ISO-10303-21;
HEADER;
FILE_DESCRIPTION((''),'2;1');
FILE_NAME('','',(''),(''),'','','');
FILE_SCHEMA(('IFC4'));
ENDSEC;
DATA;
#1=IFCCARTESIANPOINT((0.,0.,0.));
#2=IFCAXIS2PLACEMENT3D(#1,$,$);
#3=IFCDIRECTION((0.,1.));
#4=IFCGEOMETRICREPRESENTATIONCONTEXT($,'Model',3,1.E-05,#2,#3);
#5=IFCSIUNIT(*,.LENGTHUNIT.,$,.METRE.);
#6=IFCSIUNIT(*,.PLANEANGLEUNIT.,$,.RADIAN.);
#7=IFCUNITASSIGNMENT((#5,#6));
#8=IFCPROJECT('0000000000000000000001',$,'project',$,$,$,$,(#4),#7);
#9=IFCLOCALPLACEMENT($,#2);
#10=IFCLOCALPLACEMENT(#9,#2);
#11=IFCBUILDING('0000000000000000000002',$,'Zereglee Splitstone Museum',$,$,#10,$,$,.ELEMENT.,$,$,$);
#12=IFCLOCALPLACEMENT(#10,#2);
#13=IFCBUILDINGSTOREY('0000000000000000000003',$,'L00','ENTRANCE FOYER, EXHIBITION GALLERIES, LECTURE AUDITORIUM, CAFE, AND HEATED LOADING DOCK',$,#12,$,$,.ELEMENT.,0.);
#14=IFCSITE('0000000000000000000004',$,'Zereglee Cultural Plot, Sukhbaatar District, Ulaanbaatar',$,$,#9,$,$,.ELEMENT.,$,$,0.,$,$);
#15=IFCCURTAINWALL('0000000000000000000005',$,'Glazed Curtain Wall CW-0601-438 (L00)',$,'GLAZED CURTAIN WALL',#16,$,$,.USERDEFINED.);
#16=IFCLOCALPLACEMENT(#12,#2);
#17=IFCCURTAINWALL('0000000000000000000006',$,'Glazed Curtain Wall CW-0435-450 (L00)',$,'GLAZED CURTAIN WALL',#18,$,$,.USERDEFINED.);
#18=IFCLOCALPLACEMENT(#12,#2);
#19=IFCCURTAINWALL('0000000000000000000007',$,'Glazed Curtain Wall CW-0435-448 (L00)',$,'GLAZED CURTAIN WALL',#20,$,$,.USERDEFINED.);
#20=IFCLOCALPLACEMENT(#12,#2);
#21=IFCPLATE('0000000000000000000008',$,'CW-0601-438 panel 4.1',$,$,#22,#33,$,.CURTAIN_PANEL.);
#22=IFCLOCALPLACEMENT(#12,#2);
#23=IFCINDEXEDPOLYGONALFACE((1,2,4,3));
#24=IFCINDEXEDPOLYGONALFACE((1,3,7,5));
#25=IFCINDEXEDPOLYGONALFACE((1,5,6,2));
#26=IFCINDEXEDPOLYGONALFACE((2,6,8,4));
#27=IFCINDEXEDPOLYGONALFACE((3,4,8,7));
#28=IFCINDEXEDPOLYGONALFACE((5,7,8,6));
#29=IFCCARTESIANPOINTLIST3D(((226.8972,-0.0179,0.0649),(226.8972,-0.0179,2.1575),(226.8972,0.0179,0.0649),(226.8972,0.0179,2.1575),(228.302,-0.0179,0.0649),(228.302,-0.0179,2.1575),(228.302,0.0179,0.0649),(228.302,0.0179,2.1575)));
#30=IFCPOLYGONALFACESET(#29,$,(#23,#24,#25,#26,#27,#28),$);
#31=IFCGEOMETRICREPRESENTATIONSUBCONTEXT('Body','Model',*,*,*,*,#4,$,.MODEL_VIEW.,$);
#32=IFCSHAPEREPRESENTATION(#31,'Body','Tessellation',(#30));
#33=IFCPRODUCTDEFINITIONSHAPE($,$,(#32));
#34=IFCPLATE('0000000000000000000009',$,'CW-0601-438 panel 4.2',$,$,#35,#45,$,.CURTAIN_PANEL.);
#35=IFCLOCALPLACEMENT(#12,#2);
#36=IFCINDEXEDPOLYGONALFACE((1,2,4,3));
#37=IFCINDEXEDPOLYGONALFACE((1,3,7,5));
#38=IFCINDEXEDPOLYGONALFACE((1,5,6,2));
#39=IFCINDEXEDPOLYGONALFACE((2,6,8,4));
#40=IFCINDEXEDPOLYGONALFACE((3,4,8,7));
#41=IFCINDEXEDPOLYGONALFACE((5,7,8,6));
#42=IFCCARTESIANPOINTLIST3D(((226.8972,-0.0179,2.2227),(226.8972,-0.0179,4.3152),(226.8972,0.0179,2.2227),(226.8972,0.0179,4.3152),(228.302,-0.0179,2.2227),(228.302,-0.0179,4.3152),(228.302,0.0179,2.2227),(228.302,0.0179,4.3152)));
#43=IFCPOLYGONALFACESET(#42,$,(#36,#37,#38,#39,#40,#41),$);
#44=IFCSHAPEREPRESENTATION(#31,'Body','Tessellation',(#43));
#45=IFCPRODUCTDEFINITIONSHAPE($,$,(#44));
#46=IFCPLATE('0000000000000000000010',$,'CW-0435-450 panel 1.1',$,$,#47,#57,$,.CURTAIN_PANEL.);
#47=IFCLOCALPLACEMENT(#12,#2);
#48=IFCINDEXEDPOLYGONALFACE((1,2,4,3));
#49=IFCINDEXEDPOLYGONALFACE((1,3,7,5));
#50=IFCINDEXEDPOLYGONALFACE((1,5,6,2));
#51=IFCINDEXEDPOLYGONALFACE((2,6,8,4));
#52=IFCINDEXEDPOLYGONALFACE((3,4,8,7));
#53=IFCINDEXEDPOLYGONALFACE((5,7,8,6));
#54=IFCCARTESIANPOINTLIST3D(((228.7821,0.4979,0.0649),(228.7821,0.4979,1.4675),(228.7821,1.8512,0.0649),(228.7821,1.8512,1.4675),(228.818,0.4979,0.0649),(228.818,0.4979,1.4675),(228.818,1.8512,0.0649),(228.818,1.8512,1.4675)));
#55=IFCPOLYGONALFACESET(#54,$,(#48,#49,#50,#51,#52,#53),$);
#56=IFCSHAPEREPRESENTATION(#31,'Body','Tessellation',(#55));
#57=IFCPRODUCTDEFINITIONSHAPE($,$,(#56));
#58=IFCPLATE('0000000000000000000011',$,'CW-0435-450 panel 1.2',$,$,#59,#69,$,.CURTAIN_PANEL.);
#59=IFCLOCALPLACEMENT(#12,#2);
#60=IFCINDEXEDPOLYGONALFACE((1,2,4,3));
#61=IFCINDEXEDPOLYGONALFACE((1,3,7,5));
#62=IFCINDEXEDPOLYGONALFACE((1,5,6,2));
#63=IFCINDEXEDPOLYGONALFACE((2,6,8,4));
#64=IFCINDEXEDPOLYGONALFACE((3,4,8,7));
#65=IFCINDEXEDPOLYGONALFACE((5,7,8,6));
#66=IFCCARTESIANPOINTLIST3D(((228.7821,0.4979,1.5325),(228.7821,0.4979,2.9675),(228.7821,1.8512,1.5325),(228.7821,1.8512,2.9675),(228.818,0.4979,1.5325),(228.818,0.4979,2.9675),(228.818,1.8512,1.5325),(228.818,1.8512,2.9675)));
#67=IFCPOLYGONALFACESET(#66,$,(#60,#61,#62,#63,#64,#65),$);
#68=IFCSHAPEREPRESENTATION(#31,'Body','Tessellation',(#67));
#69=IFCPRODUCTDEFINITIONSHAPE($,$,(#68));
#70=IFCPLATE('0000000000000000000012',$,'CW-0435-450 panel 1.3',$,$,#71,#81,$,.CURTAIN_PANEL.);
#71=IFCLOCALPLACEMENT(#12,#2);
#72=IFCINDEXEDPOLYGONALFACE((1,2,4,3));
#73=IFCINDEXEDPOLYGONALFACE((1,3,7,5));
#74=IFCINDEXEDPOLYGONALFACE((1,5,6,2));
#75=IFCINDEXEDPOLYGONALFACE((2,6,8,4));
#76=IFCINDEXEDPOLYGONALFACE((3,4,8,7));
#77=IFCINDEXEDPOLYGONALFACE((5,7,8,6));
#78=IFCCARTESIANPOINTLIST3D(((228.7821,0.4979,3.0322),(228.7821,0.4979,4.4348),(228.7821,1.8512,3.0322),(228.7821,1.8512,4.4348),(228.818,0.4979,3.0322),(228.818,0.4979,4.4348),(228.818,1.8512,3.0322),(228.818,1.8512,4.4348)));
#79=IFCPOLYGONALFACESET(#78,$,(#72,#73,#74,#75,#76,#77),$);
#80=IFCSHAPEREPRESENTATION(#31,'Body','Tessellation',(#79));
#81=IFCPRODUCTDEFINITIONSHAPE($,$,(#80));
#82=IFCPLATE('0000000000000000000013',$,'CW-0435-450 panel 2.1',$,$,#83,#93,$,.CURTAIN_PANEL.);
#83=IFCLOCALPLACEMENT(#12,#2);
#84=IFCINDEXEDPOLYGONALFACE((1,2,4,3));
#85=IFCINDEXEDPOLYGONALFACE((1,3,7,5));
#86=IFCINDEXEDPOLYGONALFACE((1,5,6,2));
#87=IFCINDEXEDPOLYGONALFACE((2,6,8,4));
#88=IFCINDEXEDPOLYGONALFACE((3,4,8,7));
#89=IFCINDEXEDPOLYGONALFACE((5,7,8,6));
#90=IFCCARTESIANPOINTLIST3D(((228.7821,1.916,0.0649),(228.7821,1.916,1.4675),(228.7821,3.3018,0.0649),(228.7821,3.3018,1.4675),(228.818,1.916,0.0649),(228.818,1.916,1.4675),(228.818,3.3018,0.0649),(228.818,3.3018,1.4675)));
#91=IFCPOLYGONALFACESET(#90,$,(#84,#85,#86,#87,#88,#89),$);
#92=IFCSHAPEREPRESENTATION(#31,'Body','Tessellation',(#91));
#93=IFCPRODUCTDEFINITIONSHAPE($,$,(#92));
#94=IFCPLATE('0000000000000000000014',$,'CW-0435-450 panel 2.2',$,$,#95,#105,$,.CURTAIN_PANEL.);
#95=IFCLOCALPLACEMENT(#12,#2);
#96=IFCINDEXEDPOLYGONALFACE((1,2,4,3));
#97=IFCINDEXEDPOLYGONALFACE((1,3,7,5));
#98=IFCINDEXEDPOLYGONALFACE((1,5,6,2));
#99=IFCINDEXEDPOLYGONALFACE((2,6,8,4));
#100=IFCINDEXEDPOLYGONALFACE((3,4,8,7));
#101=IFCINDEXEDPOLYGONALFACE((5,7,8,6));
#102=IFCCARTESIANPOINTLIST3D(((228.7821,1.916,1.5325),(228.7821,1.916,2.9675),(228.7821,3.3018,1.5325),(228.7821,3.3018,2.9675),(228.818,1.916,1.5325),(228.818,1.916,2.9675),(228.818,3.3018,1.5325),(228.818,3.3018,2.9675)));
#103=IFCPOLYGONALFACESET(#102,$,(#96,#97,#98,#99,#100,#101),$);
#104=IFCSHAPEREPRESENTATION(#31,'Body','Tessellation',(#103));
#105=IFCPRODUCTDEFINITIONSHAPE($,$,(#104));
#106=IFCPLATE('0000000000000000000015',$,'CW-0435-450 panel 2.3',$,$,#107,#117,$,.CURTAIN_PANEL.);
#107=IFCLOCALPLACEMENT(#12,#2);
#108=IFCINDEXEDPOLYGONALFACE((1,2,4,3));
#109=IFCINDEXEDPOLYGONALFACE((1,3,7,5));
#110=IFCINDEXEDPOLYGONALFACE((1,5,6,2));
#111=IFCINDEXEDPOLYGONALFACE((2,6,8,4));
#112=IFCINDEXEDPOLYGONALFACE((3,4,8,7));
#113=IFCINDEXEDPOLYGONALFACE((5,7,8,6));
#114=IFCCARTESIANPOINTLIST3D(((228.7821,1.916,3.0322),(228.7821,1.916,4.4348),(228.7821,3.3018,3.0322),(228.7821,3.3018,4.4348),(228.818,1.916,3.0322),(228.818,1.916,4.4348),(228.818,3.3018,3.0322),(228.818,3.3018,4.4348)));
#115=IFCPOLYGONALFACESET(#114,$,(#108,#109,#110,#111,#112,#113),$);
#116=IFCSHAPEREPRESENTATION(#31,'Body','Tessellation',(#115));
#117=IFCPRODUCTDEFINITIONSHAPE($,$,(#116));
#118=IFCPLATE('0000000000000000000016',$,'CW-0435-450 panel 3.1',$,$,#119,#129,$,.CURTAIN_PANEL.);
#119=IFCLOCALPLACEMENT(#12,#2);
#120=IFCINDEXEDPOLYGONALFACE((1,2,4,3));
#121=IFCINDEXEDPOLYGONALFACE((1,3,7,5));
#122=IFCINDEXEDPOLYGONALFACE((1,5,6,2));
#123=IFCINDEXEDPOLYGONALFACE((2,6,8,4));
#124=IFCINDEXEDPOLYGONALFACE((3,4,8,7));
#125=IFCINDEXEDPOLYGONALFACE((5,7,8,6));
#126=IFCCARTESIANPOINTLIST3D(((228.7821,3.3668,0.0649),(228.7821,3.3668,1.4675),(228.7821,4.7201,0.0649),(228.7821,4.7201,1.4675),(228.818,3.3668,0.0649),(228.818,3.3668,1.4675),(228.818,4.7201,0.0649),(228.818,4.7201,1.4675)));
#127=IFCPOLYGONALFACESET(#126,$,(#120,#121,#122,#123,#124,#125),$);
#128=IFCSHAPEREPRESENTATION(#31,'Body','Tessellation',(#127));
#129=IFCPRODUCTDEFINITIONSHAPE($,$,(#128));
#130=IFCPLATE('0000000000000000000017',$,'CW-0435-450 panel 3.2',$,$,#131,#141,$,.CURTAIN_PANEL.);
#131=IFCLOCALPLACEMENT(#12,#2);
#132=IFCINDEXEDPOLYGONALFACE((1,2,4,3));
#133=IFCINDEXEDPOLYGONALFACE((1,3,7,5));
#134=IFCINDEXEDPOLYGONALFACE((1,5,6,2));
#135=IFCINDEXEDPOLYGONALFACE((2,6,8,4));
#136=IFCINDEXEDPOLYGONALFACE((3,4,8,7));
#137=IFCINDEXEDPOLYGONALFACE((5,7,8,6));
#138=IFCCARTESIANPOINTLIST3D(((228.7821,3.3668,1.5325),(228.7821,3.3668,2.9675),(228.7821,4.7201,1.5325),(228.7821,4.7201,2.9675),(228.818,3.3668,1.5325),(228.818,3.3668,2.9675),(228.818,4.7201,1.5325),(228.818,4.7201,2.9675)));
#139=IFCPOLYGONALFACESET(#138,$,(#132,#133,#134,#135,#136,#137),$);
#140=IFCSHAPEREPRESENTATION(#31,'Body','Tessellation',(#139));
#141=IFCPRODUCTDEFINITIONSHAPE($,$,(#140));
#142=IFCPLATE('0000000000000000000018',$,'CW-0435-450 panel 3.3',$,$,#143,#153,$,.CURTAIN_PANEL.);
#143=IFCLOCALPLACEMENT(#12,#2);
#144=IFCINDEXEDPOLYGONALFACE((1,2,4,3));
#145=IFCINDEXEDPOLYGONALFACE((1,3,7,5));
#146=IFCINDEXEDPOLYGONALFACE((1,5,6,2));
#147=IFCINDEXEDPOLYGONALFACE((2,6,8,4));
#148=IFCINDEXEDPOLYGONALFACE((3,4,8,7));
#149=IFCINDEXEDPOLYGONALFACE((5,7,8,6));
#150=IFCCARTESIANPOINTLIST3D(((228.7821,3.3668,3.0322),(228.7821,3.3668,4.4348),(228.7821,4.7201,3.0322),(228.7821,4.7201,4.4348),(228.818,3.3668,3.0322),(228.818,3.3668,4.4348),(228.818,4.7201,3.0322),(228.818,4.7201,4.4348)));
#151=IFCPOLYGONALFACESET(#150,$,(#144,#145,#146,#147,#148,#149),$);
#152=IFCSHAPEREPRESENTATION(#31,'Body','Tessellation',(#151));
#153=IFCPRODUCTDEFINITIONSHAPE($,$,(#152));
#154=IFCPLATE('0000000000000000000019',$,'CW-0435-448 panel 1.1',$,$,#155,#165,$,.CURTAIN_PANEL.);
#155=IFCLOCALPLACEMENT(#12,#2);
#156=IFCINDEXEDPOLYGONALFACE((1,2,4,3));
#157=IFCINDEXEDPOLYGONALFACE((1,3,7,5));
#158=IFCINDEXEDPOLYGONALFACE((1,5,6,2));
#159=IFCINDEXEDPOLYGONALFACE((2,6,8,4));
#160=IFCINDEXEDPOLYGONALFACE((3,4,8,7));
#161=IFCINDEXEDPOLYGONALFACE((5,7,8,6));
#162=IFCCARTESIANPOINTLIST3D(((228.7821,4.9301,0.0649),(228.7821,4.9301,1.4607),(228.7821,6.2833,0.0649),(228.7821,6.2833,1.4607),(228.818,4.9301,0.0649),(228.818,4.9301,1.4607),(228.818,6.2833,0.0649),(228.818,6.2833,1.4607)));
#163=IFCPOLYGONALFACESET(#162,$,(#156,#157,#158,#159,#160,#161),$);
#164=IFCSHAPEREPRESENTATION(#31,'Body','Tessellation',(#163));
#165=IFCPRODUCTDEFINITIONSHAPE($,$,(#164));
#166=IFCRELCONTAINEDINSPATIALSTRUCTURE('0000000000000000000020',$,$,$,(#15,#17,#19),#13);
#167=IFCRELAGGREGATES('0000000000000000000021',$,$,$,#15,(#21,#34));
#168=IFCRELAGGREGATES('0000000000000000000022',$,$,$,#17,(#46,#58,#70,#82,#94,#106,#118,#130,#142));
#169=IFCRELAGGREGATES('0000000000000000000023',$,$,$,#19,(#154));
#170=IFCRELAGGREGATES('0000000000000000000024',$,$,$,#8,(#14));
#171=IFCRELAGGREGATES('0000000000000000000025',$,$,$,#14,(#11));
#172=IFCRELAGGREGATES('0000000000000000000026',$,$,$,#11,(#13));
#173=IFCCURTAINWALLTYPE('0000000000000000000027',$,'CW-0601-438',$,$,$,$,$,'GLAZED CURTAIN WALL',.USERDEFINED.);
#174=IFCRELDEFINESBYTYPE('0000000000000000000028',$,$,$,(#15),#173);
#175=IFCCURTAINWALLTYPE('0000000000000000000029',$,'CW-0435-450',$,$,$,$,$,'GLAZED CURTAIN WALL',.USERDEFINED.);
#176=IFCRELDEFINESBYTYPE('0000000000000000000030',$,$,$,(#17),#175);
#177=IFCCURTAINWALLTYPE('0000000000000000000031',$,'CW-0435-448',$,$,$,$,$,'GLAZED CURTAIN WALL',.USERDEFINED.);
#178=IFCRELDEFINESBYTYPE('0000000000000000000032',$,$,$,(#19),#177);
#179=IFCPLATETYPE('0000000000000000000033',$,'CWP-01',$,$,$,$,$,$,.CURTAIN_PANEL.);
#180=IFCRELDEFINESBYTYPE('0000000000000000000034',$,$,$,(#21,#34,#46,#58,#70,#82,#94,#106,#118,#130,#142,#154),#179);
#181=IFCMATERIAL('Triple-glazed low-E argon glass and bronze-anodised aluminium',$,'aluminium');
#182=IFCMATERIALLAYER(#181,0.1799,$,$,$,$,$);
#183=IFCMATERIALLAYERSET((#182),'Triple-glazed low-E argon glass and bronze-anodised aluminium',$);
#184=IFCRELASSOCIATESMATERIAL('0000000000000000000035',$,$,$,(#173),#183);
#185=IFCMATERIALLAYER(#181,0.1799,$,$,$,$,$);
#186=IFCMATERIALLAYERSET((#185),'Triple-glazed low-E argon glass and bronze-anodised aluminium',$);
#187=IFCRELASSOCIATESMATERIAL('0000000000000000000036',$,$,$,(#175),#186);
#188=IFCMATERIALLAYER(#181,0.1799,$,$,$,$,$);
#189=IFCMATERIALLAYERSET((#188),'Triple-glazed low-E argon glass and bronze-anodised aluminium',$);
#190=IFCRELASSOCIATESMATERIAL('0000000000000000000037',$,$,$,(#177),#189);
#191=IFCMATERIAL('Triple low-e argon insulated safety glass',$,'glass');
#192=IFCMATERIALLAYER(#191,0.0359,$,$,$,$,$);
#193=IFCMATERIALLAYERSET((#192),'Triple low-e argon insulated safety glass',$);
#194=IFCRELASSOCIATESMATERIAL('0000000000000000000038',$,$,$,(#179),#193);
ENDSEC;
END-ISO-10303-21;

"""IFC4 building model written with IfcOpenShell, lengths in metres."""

from ifc_helpers import new_model, si_unit, direction, frame, origin, origin_2d, place, context, subcontext, project, spatial, rectangle, extrude, material, layer, layer_set, type_object, element, aggregate, save


model = new_model("IFC4")

# Units and contexts
model_context = context("Model", 3, precision=1e-05, world=origin(), true_north=direction((0.0, 1.0)))
body_context = subcontext(model_context, "Body", "Model", "MODEL_VIEW")
ifc_project = project(units=[si_unit("LENGTHUNIT", "METRE"), si_unit("PLANEANGLEUNIT", "RADIAN")], contexts=[model_context])

# Site, building, storey
site_placement = place(None, origin())
site = spatial("IfcSite", under=ifc_project, at=site_placement, Name="Zereglee Cultural Plot, Sukhbaatar District, Ulaanbaatar", CompositionType="ELEMENT", RefElevation=0.0)
building_placement = place(site_placement, origin())
building = spatial("IfcBuilding", under=site, at=building_placement, Name="Zereglee Splitstone Museum", CompositionType="ELEMENT")
storey_placement = place(building_placement, origin())
storey = spatial("IfcBuildingStorey", under=building, at=storey_placement, Name="L00", Description="ENTRANCE FOYER, EXHIBITION GALLERIES, LECTURE AUDITORIUM, CAFE, AND HEATED LOADING DOCK", CompositionType="ELEMENT", Elevation=0.0)

# Curtain walls
ifc_material_1 = material(Name="Triple-glazed low-E argon glass and bronze-anodised aluminium", Category="aluminium")
ifc_layer_1 = layer(ifc_material_1, 0.1799)
ifc_layer_set_1 = layer_set([ifc_layer_1], Name="Triple-glazed low-E argon glass and bronze-anodised aluminium")
curtain_wall_type_1 = type_object("IfcCurtainWallType", Name="CW-0601-438", ElementType="GLAZED CURTAIN WALL", PredefinedType="USERDEFINED", material=ifc_layer_set_1)
curtain_wall_1_placement = place(storey_placement, origin())
curtain_wall_1 = element("IfcCurtainWall", 1, at=curtain_wall_1_placement, inside=storey, type_object=curtain_wall_type_1, Name="Glazed Curtain Wall CW-0601-438 (L00)", ObjectType="GLAZED CURTAIN WALL", PredefinedType="USERDEFINED")
ifc_layer_2 = layer(ifc_material_1, 0.1799)
ifc_layer_set_2 = layer_set([ifc_layer_2], Name="Triple-glazed low-E argon glass and bronze-anodised aluminium")
curtain_wall_type_2 = type_object("IfcCurtainWallType", Name="CW-0435-450", ElementType="GLAZED CURTAIN WALL", PredefinedType="USERDEFINED", material=ifc_layer_set_2)
curtain_wall_2_placement = place(storey_placement, origin())
curtain_wall_2 = element("IfcCurtainWall", 2, at=curtain_wall_2_placement, inside=storey, type_object=curtain_wall_type_2, Name="Glazed Curtain Wall CW-0435-450 (L00)", ObjectType="GLAZED CURTAIN WALL", PredefinedType="USERDEFINED")

# Curtain wall
ifc_layer_3 = layer(ifc_material_1, 0.1799)
ifc_layer_set_3 = layer_set([ifc_layer_3], Name="Triple-glazed low-E argon glass and bronze-anodised aluminium")
curtain_wall_type_3 = type_object("IfcCurtainWallType", Name="CW-0435-448", ElementType="GLAZED CURTAIN WALL", PredefinedType="USERDEFINED", material=ifc_layer_set_3)
curtain_wall_3_placement = place(storey_placement, origin())
curtain_wall_3 = element("IfcCurtainWall", 3, at=curtain_wall_3_placement, inside=storey, type_object=curtain_wall_type_3, Name="Glazed Curtain Wall CW-0435-448 (L00)", ObjectType="GLAZED CURTAIN WALL", PredefinedType="USERDEFINED")

# Plates
ifc_material_2 = material(Name="Triple low-e argon insulated safety glass", Category="glass")
ifc_layer_4 = layer(ifc_material_2, 0.0359)
ifc_layer_set_4 = layer_set([ifc_layer_4], Name="Triple low-e argon insulated safety glass")
plate_type = type_object("IfcPlateType", Name="CWP-01", PredefinedType="CURTAIN_PANEL", material=ifc_layer_set_4)
plate_1_placement = place(storey_placement, frame((227.5996, 0.0, 0.0649), z_axis=(0.0, 0.0, 1.0), x_axis=(1.0, 0.0, 0.0)))
plate_1 = element("IfcPlate", 4, at=plate_1_placement, type_object=plate_type, Name="CW-0601-438 panel 4.1", PredefinedType="CURTAIN_PANEL", context=body_context, shape_type="SweptSolid", body=[
    extrude(rectangle(XDim=1.4048, YDim=0.0359, at=origin_2d()), origin(), (0.0, 0.0, 1.0), 2.0925),
])
plate_2_placement = place(storey_placement, frame((227.5996, 0.0, 2.2227), z_axis=(0.0, 0.0, 1.0), x_axis=(1.0, 0.0, 0.0)))
plate_2 = element("IfcPlate", 5, at=plate_2_placement, type_object=plate_type, Name="CW-0601-438 panel 4.2", PredefinedType="CURTAIN_PANEL", context=body_context, shape_type="SweptSolid", body=[
    extrude(rectangle(XDim=1.4048, YDim=0.0359, at=origin_2d()), origin(), (0.0, 0.0, 1.0), 2.0925),
])
aggregate(curtain_wall_1, [plate_1, plate_2])
plate_3_placement = place(storey_placement, frame((228.8, 1.1746, 0.0649), z_axis=(0.0, 0.0, 1.0), x_axis=(0.0, 1.0, 0.0)))
plate_3 = element("IfcPlate", 6, at=plate_3_placement, type_object=plate_type, Name="CW-0435-450 panel 1.1", PredefinedType="CURTAIN_PANEL", context=body_context, shape_type="SweptSolid", body=[
    extrude(rectangle(XDim=1.3533, YDim=0.0359, at=origin_2d()), origin(), (0.0, 0.0, 1.0), 1.4026),
])
plate_4_placement = place(storey_placement, frame((228.8, 1.1746, 1.5325), z_axis=(0.0, 0.0, 1.0), x_axis=(0.0, 1.0, 0.0)))
plate_4 = element("IfcPlate", 7, at=plate_4_placement, type_object=plate_type, Name="CW-0435-450 panel 1.2", PredefinedType="CURTAIN_PANEL", context=body_context, shape_type="SweptSolid", body=[
    extrude(rectangle(XDim=1.3533, YDim=0.0359, at=origin_2d()), origin(), (0.0, 0.0, 1.0), 1.4351),
])
plate_5_placement = place(storey_placement, frame((228.8, 1.1746, 3.0322), z_axis=(0.0, 0.0, 1.0), x_axis=(0.0, 1.0, 0.0)))
plate_5 = element("IfcPlate", 8, at=plate_5_placement, type_object=plate_type, Name="CW-0435-450 panel 1.3", PredefinedType="CURTAIN_PANEL", context=body_context, shape_type="SweptSolid", body=[
    extrude(rectangle(XDim=1.3533, YDim=0.0359, at=origin_2d()), origin(), (0.0, 0.0, 1.0), 1.4026),
])
plate_6_placement = place(storey_placement, frame((228.8, 2.6089, 0.0649), z_axis=(0.0, 0.0, 1.0), x_axis=(0.0, 1.0, 0.0)))
plate_6 = element("IfcPlate", 9, at=plate_6_placement, type_object=plate_type, Name="CW-0435-450 panel 2.1", PredefinedType="CURTAIN_PANEL", context=body_context, shape_type="SweptSolid", body=[
    extrude(rectangle(XDim=1.3857, YDim=0.0359, at=origin_2d()), origin(), (0.0, 0.0, 1.0), 1.4026),
])
plate_7_placement = place(storey_placement, frame((228.8, 2.6089, 1.5325), z_axis=(0.0, 0.0, 1.0), x_axis=(0.0, 1.0, 0.0)))
plate_7 = element("IfcPlate", 10, at=plate_7_placement, type_object=plate_type, Name="CW-0435-450 panel 2.2", PredefinedType="CURTAIN_PANEL", context=body_context, shape_type="SweptSolid", body=[
    extrude(rectangle(XDim=1.3857, YDim=0.0359, at=origin_2d()), origin(), (0.0, 0.0, 1.0), 1.4351),
])
plate_8_placement = place(storey_placement, frame((228.8, 2.6089, 3.0322), z_axis=(0.0, 0.0, 1.0), x_axis=(0.0, 1.0, 0.0)))
plate_8 = element("IfcPlate", 11, at=plate_8_placement, type_object=plate_type, Name="CW-0435-450 panel 2.3", PredefinedType="CURTAIN_PANEL", context=body_context, shape_type="SweptSolid", body=[
    extrude(rectangle(XDim=1.3857, YDim=0.0359, at=origin_2d()), origin(), (0.0, 0.0, 1.0), 1.4026),
])
plate_9_placement = place(storey_placement, frame((228.8, 4.0435, 0.0649), z_axis=(0.0, 0.0, 1.0), x_axis=(0.0, 1.0, 0.0)))
plate_9 = element("IfcPlate", 12, at=plate_9_placement, type_object=plate_type, Name="CW-0435-450 panel 3.1", PredefinedType="CURTAIN_PANEL", context=body_context, shape_type="SweptSolid", body=[
    extrude(rectangle(XDim=1.3533, YDim=0.0359, at=origin_2d()), origin(), (0.0, 0.0, 1.0), 1.4026),
])
plate_10_placement = place(storey_placement, frame((228.8, 4.0435, 1.5325), z_axis=(0.0, 0.0, 1.0), x_axis=(0.0, 1.0, 0.0)))
plate_10 = element("IfcPlate", 13, at=plate_10_placement, type_object=plate_type, Name="CW-0435-450 panel 3.2", PredefinedType="CURTAIN_PANEL", context=body_context, shape_type="SweptSolid", body=[
    extrude(rectangle(XDim=1.3533, YDim=0.0359, at=origin_2d()), origin(), (0.0, 0.0, 1.0), 1.4351),
])
plate_11_placement = place(storey_placement, frame((228.8, 4.0435, 3.0322), z_axis=(0.0, 0.0, 1.0), x_axis=(0.0, 1.0, 0.0)))
plate_11 = element("IfcPlate", 14, at=plate_11_placement, type_object=plate_type, Name="CW-0435-450 panel 3.3", PredefinedType="CURTAIN_PANEL", context=body_context, shape_type="SweptSolid", body=[
    extrude(rectangle(XDim=1.3533, YDim=0.0359, at=origin_2d()), origin(), (0.0, 0.0, 1.0), 1.4026),
])
aggregate(curtain_wall_2, [plate_3, plate_4, plate_5, plate_6, plate_7, plate_8, plate_9, plate_10, plate_11])
plate_12_placement = place(storey_placement, frame((228.8, 5.6067, 0.0649), z_axis=(0.0, 0.0, 1.0), x_axis=(0.0, 1.0, 0.0)))
plate_12 = element("IfcPlate", 15, at=plate_12_placement, type_object=plate_type, Name="CW-0435-448 panel 1.1", PredefinedType="CURTAIN_PANEL", context=body_context, shape_type="SweptSolid", body=[
    extrude(rectangle(XDim=1.3533, YDim=0.0359, at=origin_2d()), origin(), (0.0, 0.0, 1.0), 1.3958),
])
aggregate(curtain_wall_3, [plate_12])

save(model, "model.ifc")
